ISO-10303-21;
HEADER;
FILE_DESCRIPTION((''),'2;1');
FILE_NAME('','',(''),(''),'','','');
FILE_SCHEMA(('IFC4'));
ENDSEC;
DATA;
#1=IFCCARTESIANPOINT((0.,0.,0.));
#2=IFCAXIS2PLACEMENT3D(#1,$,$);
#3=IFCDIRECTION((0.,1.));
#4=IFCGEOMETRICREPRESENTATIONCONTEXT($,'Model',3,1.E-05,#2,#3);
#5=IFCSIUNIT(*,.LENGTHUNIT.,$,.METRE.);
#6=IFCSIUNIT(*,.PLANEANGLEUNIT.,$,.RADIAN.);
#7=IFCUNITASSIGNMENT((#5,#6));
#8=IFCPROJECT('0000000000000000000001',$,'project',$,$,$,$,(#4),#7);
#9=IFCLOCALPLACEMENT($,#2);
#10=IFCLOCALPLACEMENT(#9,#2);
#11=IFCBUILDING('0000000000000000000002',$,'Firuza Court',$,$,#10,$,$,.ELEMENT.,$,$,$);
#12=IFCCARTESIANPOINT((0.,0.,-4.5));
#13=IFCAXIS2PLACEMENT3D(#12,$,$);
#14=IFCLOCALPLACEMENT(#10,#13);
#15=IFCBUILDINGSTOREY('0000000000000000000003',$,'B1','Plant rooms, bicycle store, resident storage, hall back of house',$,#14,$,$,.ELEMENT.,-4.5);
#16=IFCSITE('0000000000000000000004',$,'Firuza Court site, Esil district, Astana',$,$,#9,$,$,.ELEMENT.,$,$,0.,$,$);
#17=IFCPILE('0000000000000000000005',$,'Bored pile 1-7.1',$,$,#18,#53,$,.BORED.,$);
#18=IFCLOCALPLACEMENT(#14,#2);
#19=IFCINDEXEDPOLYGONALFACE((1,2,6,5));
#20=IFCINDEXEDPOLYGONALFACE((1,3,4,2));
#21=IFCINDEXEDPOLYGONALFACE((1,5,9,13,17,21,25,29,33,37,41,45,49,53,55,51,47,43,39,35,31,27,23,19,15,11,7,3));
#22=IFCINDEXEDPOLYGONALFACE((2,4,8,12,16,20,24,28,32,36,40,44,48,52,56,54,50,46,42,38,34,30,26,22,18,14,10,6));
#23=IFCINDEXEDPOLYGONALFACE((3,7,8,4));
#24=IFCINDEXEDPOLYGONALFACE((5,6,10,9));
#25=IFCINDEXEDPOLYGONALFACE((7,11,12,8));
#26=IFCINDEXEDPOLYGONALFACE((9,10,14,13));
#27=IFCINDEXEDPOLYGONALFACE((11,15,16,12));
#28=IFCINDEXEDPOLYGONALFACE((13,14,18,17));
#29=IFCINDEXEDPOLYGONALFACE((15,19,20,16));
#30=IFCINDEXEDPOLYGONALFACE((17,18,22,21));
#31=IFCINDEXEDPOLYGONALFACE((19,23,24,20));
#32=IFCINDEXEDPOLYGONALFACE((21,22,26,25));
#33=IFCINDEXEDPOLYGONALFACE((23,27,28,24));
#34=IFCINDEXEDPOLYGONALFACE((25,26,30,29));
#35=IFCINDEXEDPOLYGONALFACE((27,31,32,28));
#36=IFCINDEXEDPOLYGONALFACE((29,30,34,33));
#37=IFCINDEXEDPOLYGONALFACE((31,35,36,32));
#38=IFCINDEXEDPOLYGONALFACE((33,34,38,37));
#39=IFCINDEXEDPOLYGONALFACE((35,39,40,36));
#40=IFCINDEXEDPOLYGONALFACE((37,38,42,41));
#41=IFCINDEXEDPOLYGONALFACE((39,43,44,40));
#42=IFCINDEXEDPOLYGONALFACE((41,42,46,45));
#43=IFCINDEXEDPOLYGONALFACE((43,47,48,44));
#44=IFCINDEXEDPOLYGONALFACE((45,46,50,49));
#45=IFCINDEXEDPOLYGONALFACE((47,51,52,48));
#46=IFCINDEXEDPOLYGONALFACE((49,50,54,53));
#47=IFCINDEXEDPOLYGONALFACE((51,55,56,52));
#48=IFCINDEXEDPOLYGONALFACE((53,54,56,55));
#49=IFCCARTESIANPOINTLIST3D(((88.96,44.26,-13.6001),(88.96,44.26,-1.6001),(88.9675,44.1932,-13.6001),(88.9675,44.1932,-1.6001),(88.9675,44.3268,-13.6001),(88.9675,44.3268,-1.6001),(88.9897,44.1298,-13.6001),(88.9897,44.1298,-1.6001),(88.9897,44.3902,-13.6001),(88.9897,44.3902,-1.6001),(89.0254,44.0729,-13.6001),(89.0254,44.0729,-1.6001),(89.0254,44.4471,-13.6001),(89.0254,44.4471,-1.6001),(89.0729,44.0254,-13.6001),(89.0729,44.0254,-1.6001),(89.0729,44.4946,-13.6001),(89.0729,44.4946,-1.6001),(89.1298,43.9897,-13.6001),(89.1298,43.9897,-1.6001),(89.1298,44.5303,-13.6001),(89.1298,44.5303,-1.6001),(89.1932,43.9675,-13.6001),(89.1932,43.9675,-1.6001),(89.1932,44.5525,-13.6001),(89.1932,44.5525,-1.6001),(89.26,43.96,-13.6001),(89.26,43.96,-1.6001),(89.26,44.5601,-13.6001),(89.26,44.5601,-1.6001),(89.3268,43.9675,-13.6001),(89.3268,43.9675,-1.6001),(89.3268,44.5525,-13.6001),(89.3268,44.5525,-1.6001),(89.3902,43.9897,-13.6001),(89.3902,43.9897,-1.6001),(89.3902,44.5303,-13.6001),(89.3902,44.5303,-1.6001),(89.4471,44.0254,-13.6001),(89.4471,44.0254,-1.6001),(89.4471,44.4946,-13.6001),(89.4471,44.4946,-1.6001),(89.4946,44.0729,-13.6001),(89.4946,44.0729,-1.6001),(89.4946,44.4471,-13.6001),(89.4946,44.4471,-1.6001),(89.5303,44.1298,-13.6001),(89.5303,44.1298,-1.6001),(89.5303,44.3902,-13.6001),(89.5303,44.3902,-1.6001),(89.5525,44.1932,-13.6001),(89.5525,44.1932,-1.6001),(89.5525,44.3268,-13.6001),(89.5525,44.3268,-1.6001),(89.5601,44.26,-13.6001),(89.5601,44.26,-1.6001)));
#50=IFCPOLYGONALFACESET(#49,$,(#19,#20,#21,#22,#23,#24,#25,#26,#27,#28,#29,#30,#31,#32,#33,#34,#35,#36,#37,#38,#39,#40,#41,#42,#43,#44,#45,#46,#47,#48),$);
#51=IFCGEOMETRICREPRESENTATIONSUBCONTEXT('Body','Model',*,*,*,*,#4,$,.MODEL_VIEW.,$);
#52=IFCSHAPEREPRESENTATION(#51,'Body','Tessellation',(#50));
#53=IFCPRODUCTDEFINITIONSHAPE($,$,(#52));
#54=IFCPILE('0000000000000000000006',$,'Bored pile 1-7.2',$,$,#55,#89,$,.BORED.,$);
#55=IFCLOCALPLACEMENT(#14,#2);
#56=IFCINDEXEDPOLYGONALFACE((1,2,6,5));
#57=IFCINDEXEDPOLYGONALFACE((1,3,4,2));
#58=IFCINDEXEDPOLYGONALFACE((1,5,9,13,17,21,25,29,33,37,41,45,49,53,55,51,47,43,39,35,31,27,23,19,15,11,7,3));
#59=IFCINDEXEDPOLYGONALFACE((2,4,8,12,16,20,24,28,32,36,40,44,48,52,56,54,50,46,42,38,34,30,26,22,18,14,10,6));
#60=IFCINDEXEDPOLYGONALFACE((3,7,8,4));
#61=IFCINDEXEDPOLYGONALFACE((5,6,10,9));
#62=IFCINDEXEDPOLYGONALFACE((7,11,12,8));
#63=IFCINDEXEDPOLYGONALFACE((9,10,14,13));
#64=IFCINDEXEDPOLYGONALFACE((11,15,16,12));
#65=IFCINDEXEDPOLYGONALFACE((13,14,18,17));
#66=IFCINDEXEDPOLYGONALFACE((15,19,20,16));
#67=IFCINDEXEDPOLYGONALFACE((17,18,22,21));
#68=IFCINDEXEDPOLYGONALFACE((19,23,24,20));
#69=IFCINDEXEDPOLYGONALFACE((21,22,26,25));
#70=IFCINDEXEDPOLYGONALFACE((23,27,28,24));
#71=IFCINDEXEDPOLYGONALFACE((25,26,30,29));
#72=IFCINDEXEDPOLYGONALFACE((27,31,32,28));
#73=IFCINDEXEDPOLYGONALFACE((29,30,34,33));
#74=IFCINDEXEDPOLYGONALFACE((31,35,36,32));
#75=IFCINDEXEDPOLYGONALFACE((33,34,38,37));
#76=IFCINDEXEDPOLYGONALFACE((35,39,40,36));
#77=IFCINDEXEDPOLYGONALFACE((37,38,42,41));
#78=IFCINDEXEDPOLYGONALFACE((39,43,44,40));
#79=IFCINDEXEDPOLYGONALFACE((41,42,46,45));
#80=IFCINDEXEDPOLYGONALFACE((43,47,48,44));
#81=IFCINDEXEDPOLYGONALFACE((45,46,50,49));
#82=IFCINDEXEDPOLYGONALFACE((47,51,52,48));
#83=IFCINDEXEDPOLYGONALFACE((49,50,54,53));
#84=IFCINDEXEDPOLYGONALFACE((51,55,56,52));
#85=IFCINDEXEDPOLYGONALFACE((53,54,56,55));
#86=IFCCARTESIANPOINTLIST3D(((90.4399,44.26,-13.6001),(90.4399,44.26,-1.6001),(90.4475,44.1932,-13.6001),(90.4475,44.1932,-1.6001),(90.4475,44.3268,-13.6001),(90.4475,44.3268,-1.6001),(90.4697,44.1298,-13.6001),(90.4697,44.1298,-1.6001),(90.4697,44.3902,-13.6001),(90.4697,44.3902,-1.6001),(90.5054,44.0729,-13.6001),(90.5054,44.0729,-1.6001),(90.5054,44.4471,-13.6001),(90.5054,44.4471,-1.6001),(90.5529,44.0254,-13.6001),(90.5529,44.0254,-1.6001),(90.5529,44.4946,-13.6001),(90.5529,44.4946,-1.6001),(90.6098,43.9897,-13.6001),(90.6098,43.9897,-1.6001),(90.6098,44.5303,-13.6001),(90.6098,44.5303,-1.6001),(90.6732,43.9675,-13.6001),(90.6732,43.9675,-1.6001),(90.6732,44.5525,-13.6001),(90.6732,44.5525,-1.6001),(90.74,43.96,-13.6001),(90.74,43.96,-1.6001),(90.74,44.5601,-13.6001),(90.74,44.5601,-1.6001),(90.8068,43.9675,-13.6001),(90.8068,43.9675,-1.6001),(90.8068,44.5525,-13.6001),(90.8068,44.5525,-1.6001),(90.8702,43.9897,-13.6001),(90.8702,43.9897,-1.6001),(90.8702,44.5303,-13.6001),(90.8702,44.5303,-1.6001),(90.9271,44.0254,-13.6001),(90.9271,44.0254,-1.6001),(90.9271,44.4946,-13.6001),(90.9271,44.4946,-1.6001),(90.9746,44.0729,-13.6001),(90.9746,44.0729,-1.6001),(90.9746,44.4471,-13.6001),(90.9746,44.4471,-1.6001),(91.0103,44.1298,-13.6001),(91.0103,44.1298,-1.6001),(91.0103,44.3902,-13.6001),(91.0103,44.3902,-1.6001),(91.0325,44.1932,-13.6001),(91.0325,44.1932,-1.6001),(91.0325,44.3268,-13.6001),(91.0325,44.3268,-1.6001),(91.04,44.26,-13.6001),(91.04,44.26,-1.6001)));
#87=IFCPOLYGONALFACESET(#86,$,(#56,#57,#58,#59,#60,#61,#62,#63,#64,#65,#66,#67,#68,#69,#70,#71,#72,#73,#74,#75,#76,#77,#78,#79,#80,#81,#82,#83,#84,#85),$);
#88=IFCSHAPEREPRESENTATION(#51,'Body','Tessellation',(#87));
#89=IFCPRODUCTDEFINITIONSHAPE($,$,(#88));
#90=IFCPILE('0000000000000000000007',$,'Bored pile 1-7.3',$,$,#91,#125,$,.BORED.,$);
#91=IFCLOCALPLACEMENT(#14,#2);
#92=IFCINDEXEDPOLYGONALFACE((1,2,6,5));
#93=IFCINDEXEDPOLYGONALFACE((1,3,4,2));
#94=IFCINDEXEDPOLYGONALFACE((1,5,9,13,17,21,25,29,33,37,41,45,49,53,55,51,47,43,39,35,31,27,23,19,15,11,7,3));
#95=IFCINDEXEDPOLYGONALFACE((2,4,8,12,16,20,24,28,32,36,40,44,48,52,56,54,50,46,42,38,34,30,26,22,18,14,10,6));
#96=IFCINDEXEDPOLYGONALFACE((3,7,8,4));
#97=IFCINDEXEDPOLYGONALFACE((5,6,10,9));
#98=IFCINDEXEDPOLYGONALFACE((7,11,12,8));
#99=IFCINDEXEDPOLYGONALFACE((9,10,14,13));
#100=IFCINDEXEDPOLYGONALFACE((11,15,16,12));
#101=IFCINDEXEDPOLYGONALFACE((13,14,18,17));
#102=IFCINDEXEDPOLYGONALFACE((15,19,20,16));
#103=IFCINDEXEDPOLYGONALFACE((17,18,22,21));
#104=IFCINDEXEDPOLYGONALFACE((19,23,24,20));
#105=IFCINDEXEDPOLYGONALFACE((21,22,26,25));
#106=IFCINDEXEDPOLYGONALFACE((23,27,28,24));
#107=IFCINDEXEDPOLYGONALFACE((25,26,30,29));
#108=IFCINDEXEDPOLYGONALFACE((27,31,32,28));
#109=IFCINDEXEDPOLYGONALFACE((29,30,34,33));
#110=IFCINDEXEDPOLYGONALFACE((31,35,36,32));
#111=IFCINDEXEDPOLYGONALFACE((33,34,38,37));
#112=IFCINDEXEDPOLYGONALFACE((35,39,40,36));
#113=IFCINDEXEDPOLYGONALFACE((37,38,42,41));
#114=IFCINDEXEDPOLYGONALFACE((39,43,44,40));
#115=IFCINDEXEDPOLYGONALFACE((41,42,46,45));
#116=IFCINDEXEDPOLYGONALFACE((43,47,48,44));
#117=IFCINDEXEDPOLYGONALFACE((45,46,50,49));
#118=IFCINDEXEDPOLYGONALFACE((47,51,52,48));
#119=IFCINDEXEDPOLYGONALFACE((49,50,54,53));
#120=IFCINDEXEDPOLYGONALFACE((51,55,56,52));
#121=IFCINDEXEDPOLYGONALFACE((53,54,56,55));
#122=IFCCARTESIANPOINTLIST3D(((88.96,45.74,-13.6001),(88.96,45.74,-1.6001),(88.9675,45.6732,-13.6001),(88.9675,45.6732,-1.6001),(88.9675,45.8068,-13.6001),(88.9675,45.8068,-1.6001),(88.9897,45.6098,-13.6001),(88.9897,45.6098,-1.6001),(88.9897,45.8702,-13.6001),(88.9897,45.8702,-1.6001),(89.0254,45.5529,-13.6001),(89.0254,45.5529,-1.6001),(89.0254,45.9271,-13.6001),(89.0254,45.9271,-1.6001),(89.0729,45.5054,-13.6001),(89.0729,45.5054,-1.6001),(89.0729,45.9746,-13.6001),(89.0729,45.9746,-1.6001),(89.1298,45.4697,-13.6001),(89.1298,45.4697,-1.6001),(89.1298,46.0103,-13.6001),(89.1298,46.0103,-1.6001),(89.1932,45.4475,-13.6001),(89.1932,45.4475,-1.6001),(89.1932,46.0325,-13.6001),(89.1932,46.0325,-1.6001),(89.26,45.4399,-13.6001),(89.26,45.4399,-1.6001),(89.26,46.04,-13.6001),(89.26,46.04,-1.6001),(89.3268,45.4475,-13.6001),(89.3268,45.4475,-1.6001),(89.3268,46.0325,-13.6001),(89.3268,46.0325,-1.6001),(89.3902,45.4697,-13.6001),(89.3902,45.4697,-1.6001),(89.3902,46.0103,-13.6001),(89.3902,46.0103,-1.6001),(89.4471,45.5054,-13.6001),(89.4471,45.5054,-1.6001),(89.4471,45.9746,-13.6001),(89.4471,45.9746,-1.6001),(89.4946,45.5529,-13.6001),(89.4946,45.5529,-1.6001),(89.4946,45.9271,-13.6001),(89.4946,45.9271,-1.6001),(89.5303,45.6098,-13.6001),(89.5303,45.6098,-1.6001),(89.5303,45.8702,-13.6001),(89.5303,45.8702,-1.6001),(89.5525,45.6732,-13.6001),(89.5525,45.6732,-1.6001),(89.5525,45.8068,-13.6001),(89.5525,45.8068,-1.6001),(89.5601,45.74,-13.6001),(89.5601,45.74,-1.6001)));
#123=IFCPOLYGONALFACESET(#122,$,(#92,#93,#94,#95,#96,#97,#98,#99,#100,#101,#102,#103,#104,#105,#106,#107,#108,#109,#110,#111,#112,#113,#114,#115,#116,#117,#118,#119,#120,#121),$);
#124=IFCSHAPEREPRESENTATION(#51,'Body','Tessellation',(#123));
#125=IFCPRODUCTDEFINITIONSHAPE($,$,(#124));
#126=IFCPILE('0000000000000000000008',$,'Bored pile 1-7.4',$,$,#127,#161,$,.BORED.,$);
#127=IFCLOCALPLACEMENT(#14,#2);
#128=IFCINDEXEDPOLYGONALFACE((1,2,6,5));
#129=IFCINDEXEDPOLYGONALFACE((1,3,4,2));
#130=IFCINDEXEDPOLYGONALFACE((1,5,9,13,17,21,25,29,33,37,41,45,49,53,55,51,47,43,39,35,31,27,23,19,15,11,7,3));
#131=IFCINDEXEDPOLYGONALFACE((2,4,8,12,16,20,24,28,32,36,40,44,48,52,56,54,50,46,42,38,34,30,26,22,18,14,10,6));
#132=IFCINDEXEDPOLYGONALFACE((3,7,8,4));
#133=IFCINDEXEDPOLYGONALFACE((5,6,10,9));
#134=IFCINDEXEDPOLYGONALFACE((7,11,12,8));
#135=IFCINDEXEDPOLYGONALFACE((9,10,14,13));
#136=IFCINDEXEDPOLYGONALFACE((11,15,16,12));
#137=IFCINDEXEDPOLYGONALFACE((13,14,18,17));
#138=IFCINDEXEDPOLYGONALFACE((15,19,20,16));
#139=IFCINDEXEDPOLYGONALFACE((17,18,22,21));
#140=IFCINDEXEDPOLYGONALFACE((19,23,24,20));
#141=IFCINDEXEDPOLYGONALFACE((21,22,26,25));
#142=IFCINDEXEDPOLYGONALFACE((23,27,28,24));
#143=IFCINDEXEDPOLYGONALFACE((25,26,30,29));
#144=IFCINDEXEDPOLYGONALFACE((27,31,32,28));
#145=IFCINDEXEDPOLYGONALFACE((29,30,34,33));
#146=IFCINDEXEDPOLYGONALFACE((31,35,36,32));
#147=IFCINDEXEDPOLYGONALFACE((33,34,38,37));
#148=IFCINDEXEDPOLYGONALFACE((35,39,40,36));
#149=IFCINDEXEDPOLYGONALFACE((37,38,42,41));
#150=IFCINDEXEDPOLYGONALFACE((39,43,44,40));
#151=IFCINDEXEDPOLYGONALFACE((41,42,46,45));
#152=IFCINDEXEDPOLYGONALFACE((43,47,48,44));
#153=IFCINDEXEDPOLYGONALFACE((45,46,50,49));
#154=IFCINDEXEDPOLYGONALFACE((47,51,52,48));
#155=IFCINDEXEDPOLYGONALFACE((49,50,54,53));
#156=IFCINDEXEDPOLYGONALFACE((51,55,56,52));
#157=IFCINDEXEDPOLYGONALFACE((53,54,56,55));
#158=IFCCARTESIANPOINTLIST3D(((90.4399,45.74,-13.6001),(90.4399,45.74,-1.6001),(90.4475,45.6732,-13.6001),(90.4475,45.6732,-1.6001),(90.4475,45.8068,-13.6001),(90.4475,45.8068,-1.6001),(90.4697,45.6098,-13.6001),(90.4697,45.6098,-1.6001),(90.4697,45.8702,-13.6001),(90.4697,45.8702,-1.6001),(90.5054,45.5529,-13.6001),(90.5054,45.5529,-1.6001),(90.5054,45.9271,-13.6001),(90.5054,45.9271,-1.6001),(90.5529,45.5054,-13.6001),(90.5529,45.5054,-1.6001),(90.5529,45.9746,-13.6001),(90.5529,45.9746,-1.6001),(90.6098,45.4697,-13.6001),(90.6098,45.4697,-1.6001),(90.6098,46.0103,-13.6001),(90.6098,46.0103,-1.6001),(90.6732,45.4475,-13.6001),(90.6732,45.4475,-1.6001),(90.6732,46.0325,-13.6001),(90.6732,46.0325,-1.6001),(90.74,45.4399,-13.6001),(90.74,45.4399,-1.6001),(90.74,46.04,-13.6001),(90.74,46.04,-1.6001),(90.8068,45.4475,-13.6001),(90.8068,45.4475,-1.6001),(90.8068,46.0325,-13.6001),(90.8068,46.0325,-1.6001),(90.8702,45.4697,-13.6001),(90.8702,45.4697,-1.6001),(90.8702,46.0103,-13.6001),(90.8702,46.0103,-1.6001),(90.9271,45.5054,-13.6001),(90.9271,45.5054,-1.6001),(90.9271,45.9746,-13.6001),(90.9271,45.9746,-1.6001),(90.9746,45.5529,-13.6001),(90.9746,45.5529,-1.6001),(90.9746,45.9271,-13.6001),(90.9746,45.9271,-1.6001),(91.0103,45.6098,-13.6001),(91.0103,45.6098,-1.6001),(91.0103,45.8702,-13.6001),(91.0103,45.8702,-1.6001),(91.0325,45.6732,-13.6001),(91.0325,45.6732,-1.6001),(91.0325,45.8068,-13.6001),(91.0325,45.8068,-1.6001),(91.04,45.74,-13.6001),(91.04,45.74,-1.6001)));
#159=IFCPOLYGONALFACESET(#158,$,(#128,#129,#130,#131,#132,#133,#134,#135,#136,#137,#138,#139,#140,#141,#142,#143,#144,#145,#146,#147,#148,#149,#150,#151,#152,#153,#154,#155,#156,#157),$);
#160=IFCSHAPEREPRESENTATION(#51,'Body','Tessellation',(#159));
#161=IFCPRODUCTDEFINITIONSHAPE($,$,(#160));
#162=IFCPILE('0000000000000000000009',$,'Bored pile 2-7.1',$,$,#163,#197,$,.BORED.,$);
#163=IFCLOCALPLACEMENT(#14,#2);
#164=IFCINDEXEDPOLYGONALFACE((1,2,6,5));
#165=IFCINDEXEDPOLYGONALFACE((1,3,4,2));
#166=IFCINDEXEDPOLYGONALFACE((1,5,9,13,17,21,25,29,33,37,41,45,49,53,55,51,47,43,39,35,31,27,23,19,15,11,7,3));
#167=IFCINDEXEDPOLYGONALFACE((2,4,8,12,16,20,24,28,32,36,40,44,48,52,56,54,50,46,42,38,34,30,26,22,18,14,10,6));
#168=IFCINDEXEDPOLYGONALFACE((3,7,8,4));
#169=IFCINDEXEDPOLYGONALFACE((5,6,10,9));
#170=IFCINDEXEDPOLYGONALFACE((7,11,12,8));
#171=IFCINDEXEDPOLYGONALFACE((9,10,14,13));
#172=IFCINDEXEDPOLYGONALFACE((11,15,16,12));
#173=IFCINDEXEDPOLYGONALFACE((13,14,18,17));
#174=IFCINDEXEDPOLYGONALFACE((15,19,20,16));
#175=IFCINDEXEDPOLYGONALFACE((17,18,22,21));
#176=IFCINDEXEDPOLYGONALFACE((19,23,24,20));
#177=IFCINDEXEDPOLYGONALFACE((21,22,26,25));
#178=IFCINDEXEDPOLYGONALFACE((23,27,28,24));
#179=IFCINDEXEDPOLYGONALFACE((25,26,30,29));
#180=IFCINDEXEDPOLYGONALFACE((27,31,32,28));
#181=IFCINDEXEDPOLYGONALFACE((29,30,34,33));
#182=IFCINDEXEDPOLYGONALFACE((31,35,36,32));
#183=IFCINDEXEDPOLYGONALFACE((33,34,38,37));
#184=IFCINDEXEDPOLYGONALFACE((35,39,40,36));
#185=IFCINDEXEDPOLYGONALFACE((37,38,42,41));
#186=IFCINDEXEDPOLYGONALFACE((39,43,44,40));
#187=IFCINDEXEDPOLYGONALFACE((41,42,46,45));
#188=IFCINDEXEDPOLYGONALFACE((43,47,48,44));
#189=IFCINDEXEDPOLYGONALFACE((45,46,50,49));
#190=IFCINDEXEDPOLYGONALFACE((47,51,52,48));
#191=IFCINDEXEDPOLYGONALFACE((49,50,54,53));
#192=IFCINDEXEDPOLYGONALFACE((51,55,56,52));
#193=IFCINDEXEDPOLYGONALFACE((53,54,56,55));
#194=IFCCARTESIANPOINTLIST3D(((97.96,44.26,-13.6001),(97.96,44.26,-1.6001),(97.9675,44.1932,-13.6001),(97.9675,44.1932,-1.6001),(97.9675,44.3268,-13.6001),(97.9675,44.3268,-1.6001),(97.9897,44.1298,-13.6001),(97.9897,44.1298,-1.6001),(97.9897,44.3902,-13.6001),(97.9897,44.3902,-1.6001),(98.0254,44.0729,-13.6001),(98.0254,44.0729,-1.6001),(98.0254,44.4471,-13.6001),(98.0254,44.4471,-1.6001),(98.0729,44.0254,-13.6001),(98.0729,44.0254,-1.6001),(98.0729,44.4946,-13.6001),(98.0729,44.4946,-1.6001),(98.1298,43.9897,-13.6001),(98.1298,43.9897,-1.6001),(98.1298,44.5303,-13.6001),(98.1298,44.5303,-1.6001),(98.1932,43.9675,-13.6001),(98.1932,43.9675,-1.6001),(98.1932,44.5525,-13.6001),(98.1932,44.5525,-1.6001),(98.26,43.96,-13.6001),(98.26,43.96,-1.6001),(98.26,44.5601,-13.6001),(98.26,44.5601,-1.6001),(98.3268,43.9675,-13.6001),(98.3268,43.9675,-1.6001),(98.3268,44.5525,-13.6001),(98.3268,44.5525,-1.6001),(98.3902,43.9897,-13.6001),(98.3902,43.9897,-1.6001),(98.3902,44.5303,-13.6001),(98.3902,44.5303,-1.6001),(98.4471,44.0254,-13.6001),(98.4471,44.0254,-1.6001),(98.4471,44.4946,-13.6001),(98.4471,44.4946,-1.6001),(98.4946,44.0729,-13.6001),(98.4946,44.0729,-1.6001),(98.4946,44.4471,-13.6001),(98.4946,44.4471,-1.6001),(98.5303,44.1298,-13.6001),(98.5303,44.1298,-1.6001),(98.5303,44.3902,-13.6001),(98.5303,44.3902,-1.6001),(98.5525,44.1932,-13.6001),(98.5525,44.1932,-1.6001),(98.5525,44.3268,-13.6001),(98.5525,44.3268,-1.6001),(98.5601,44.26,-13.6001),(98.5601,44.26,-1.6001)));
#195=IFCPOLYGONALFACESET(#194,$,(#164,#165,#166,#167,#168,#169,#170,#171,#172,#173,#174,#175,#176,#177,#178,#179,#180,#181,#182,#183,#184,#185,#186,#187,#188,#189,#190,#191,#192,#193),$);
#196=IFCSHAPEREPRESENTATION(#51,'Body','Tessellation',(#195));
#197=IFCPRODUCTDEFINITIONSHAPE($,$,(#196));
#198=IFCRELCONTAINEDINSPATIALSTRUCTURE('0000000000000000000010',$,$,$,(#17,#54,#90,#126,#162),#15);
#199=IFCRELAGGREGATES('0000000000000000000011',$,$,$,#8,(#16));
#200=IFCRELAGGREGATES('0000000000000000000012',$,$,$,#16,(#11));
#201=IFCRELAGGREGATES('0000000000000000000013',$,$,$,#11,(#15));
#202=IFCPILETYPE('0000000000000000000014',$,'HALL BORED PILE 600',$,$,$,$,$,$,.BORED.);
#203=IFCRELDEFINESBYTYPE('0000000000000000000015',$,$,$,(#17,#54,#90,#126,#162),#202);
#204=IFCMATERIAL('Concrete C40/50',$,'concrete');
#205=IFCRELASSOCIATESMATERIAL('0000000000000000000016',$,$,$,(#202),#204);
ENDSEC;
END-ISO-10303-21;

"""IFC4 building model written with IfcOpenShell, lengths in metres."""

from ifc_helpers import new_model, si_unit, direction, frame, origin, origin_2d, place, context, subcontext, project, spatial, circle, extrude, material, material_profile, profile_set, type_object, element, save


model = new_model("IFC4")

# Units and contexts
model_context = context("Model", 3, precision=1e-05, world=origin(), true_north=direction((0.0, 1.0)))
body_context = subcontext(model_context, "Body", "Model", "MODEL_VIEW")
ifc_project = project(units=[si_unit("LENGTHUNIT", "METRE"), si_unit("PLANEANGLEUNIT", "RADIAN")], contexts=[model_context])

# Site, building, storey
site_placement = place(None, origin())
site = spatial("IfcSite", under=ifc_project, at=site_placement, Name="Firuza Court site, Esil district, Astana", CompositionType="ELEMENT", RefElevation=0.0)
building_placement = place(site_placement, origin())
building = spatial("IfcBuilding", under=site, at=building_placement, Name="Firuza Court", CompositionType="ELEMENT")
storey_placement = place(building_placement, frame((0.0, 0.0, -4.5)))
storey = spatial("IfcBuildingStorey", under=building, at=storey_placement, Name="B1", Description="Plant rooms, bicycle store, resident storage, hall back of house", CompositionType="ELEMENT", Elevation=-4.5)

# Piles
ifc_material_1 = material(Name="Concrete C40/50", Category="concrete")
ifc_material_profile_1 = material_profile(ifc_material_1, circle(Radius=0.3, at=origin_2d()), Name="PILE 600")
ifc_profile_set_1 = profile_set([ifc_material_profile_1], Name="Concrete C40/50")
pile_type = type_object("IfcPileType", Name="HALL BORED PILE 600", PredefinedType="BORED", material=ifc_profile_set_1)
for number, where, z_axis, x_axis, name in (
    (1, (89.26, 44.26, -1.6001), (0.0, 0.0, -1.0), (1.0, 0.0, 0.0), "Bored pile 1-7.1"),
    (2, (90.74, 44.26, -1.6001), (0.0, 0.0, -1.0), (1.0, 0.0, 0.0), "Bored pile 1-7.2"),
    (3, (89.26, 45.74, -1.6001), (0.0, 0.0, -1.0), (1.0, 0.0, 0.0), "Bored pile 1-7.3"),
    (4, (90.74, 45.74, -1.6001), (0.0, 0.0, -1.0), (1.0, 0.0, 0.0), "Bored pile 1-7.4"),
    (5, (98.26, 44.26, -1.6001), (0.0, 0.0, -1.0), (1.0, 0.0, 0.0), "Bored pile 2-7.1"),
):
    element("IfcPile", number, at=place(storey_placement, frame(where, z_axis=z_axis, x_axis=x_axis)), inside=storey, type_object=pile_type, Name=name, PredefinedType="BORED", context=body_context, shape_type="SweptSolid", body=[
        extrude(circle(Radius=0.3, at=origin_2d()), origin(), (0.0, 0.0, 1.0), 12.0),
    ])

save(model, "model.ifc")
